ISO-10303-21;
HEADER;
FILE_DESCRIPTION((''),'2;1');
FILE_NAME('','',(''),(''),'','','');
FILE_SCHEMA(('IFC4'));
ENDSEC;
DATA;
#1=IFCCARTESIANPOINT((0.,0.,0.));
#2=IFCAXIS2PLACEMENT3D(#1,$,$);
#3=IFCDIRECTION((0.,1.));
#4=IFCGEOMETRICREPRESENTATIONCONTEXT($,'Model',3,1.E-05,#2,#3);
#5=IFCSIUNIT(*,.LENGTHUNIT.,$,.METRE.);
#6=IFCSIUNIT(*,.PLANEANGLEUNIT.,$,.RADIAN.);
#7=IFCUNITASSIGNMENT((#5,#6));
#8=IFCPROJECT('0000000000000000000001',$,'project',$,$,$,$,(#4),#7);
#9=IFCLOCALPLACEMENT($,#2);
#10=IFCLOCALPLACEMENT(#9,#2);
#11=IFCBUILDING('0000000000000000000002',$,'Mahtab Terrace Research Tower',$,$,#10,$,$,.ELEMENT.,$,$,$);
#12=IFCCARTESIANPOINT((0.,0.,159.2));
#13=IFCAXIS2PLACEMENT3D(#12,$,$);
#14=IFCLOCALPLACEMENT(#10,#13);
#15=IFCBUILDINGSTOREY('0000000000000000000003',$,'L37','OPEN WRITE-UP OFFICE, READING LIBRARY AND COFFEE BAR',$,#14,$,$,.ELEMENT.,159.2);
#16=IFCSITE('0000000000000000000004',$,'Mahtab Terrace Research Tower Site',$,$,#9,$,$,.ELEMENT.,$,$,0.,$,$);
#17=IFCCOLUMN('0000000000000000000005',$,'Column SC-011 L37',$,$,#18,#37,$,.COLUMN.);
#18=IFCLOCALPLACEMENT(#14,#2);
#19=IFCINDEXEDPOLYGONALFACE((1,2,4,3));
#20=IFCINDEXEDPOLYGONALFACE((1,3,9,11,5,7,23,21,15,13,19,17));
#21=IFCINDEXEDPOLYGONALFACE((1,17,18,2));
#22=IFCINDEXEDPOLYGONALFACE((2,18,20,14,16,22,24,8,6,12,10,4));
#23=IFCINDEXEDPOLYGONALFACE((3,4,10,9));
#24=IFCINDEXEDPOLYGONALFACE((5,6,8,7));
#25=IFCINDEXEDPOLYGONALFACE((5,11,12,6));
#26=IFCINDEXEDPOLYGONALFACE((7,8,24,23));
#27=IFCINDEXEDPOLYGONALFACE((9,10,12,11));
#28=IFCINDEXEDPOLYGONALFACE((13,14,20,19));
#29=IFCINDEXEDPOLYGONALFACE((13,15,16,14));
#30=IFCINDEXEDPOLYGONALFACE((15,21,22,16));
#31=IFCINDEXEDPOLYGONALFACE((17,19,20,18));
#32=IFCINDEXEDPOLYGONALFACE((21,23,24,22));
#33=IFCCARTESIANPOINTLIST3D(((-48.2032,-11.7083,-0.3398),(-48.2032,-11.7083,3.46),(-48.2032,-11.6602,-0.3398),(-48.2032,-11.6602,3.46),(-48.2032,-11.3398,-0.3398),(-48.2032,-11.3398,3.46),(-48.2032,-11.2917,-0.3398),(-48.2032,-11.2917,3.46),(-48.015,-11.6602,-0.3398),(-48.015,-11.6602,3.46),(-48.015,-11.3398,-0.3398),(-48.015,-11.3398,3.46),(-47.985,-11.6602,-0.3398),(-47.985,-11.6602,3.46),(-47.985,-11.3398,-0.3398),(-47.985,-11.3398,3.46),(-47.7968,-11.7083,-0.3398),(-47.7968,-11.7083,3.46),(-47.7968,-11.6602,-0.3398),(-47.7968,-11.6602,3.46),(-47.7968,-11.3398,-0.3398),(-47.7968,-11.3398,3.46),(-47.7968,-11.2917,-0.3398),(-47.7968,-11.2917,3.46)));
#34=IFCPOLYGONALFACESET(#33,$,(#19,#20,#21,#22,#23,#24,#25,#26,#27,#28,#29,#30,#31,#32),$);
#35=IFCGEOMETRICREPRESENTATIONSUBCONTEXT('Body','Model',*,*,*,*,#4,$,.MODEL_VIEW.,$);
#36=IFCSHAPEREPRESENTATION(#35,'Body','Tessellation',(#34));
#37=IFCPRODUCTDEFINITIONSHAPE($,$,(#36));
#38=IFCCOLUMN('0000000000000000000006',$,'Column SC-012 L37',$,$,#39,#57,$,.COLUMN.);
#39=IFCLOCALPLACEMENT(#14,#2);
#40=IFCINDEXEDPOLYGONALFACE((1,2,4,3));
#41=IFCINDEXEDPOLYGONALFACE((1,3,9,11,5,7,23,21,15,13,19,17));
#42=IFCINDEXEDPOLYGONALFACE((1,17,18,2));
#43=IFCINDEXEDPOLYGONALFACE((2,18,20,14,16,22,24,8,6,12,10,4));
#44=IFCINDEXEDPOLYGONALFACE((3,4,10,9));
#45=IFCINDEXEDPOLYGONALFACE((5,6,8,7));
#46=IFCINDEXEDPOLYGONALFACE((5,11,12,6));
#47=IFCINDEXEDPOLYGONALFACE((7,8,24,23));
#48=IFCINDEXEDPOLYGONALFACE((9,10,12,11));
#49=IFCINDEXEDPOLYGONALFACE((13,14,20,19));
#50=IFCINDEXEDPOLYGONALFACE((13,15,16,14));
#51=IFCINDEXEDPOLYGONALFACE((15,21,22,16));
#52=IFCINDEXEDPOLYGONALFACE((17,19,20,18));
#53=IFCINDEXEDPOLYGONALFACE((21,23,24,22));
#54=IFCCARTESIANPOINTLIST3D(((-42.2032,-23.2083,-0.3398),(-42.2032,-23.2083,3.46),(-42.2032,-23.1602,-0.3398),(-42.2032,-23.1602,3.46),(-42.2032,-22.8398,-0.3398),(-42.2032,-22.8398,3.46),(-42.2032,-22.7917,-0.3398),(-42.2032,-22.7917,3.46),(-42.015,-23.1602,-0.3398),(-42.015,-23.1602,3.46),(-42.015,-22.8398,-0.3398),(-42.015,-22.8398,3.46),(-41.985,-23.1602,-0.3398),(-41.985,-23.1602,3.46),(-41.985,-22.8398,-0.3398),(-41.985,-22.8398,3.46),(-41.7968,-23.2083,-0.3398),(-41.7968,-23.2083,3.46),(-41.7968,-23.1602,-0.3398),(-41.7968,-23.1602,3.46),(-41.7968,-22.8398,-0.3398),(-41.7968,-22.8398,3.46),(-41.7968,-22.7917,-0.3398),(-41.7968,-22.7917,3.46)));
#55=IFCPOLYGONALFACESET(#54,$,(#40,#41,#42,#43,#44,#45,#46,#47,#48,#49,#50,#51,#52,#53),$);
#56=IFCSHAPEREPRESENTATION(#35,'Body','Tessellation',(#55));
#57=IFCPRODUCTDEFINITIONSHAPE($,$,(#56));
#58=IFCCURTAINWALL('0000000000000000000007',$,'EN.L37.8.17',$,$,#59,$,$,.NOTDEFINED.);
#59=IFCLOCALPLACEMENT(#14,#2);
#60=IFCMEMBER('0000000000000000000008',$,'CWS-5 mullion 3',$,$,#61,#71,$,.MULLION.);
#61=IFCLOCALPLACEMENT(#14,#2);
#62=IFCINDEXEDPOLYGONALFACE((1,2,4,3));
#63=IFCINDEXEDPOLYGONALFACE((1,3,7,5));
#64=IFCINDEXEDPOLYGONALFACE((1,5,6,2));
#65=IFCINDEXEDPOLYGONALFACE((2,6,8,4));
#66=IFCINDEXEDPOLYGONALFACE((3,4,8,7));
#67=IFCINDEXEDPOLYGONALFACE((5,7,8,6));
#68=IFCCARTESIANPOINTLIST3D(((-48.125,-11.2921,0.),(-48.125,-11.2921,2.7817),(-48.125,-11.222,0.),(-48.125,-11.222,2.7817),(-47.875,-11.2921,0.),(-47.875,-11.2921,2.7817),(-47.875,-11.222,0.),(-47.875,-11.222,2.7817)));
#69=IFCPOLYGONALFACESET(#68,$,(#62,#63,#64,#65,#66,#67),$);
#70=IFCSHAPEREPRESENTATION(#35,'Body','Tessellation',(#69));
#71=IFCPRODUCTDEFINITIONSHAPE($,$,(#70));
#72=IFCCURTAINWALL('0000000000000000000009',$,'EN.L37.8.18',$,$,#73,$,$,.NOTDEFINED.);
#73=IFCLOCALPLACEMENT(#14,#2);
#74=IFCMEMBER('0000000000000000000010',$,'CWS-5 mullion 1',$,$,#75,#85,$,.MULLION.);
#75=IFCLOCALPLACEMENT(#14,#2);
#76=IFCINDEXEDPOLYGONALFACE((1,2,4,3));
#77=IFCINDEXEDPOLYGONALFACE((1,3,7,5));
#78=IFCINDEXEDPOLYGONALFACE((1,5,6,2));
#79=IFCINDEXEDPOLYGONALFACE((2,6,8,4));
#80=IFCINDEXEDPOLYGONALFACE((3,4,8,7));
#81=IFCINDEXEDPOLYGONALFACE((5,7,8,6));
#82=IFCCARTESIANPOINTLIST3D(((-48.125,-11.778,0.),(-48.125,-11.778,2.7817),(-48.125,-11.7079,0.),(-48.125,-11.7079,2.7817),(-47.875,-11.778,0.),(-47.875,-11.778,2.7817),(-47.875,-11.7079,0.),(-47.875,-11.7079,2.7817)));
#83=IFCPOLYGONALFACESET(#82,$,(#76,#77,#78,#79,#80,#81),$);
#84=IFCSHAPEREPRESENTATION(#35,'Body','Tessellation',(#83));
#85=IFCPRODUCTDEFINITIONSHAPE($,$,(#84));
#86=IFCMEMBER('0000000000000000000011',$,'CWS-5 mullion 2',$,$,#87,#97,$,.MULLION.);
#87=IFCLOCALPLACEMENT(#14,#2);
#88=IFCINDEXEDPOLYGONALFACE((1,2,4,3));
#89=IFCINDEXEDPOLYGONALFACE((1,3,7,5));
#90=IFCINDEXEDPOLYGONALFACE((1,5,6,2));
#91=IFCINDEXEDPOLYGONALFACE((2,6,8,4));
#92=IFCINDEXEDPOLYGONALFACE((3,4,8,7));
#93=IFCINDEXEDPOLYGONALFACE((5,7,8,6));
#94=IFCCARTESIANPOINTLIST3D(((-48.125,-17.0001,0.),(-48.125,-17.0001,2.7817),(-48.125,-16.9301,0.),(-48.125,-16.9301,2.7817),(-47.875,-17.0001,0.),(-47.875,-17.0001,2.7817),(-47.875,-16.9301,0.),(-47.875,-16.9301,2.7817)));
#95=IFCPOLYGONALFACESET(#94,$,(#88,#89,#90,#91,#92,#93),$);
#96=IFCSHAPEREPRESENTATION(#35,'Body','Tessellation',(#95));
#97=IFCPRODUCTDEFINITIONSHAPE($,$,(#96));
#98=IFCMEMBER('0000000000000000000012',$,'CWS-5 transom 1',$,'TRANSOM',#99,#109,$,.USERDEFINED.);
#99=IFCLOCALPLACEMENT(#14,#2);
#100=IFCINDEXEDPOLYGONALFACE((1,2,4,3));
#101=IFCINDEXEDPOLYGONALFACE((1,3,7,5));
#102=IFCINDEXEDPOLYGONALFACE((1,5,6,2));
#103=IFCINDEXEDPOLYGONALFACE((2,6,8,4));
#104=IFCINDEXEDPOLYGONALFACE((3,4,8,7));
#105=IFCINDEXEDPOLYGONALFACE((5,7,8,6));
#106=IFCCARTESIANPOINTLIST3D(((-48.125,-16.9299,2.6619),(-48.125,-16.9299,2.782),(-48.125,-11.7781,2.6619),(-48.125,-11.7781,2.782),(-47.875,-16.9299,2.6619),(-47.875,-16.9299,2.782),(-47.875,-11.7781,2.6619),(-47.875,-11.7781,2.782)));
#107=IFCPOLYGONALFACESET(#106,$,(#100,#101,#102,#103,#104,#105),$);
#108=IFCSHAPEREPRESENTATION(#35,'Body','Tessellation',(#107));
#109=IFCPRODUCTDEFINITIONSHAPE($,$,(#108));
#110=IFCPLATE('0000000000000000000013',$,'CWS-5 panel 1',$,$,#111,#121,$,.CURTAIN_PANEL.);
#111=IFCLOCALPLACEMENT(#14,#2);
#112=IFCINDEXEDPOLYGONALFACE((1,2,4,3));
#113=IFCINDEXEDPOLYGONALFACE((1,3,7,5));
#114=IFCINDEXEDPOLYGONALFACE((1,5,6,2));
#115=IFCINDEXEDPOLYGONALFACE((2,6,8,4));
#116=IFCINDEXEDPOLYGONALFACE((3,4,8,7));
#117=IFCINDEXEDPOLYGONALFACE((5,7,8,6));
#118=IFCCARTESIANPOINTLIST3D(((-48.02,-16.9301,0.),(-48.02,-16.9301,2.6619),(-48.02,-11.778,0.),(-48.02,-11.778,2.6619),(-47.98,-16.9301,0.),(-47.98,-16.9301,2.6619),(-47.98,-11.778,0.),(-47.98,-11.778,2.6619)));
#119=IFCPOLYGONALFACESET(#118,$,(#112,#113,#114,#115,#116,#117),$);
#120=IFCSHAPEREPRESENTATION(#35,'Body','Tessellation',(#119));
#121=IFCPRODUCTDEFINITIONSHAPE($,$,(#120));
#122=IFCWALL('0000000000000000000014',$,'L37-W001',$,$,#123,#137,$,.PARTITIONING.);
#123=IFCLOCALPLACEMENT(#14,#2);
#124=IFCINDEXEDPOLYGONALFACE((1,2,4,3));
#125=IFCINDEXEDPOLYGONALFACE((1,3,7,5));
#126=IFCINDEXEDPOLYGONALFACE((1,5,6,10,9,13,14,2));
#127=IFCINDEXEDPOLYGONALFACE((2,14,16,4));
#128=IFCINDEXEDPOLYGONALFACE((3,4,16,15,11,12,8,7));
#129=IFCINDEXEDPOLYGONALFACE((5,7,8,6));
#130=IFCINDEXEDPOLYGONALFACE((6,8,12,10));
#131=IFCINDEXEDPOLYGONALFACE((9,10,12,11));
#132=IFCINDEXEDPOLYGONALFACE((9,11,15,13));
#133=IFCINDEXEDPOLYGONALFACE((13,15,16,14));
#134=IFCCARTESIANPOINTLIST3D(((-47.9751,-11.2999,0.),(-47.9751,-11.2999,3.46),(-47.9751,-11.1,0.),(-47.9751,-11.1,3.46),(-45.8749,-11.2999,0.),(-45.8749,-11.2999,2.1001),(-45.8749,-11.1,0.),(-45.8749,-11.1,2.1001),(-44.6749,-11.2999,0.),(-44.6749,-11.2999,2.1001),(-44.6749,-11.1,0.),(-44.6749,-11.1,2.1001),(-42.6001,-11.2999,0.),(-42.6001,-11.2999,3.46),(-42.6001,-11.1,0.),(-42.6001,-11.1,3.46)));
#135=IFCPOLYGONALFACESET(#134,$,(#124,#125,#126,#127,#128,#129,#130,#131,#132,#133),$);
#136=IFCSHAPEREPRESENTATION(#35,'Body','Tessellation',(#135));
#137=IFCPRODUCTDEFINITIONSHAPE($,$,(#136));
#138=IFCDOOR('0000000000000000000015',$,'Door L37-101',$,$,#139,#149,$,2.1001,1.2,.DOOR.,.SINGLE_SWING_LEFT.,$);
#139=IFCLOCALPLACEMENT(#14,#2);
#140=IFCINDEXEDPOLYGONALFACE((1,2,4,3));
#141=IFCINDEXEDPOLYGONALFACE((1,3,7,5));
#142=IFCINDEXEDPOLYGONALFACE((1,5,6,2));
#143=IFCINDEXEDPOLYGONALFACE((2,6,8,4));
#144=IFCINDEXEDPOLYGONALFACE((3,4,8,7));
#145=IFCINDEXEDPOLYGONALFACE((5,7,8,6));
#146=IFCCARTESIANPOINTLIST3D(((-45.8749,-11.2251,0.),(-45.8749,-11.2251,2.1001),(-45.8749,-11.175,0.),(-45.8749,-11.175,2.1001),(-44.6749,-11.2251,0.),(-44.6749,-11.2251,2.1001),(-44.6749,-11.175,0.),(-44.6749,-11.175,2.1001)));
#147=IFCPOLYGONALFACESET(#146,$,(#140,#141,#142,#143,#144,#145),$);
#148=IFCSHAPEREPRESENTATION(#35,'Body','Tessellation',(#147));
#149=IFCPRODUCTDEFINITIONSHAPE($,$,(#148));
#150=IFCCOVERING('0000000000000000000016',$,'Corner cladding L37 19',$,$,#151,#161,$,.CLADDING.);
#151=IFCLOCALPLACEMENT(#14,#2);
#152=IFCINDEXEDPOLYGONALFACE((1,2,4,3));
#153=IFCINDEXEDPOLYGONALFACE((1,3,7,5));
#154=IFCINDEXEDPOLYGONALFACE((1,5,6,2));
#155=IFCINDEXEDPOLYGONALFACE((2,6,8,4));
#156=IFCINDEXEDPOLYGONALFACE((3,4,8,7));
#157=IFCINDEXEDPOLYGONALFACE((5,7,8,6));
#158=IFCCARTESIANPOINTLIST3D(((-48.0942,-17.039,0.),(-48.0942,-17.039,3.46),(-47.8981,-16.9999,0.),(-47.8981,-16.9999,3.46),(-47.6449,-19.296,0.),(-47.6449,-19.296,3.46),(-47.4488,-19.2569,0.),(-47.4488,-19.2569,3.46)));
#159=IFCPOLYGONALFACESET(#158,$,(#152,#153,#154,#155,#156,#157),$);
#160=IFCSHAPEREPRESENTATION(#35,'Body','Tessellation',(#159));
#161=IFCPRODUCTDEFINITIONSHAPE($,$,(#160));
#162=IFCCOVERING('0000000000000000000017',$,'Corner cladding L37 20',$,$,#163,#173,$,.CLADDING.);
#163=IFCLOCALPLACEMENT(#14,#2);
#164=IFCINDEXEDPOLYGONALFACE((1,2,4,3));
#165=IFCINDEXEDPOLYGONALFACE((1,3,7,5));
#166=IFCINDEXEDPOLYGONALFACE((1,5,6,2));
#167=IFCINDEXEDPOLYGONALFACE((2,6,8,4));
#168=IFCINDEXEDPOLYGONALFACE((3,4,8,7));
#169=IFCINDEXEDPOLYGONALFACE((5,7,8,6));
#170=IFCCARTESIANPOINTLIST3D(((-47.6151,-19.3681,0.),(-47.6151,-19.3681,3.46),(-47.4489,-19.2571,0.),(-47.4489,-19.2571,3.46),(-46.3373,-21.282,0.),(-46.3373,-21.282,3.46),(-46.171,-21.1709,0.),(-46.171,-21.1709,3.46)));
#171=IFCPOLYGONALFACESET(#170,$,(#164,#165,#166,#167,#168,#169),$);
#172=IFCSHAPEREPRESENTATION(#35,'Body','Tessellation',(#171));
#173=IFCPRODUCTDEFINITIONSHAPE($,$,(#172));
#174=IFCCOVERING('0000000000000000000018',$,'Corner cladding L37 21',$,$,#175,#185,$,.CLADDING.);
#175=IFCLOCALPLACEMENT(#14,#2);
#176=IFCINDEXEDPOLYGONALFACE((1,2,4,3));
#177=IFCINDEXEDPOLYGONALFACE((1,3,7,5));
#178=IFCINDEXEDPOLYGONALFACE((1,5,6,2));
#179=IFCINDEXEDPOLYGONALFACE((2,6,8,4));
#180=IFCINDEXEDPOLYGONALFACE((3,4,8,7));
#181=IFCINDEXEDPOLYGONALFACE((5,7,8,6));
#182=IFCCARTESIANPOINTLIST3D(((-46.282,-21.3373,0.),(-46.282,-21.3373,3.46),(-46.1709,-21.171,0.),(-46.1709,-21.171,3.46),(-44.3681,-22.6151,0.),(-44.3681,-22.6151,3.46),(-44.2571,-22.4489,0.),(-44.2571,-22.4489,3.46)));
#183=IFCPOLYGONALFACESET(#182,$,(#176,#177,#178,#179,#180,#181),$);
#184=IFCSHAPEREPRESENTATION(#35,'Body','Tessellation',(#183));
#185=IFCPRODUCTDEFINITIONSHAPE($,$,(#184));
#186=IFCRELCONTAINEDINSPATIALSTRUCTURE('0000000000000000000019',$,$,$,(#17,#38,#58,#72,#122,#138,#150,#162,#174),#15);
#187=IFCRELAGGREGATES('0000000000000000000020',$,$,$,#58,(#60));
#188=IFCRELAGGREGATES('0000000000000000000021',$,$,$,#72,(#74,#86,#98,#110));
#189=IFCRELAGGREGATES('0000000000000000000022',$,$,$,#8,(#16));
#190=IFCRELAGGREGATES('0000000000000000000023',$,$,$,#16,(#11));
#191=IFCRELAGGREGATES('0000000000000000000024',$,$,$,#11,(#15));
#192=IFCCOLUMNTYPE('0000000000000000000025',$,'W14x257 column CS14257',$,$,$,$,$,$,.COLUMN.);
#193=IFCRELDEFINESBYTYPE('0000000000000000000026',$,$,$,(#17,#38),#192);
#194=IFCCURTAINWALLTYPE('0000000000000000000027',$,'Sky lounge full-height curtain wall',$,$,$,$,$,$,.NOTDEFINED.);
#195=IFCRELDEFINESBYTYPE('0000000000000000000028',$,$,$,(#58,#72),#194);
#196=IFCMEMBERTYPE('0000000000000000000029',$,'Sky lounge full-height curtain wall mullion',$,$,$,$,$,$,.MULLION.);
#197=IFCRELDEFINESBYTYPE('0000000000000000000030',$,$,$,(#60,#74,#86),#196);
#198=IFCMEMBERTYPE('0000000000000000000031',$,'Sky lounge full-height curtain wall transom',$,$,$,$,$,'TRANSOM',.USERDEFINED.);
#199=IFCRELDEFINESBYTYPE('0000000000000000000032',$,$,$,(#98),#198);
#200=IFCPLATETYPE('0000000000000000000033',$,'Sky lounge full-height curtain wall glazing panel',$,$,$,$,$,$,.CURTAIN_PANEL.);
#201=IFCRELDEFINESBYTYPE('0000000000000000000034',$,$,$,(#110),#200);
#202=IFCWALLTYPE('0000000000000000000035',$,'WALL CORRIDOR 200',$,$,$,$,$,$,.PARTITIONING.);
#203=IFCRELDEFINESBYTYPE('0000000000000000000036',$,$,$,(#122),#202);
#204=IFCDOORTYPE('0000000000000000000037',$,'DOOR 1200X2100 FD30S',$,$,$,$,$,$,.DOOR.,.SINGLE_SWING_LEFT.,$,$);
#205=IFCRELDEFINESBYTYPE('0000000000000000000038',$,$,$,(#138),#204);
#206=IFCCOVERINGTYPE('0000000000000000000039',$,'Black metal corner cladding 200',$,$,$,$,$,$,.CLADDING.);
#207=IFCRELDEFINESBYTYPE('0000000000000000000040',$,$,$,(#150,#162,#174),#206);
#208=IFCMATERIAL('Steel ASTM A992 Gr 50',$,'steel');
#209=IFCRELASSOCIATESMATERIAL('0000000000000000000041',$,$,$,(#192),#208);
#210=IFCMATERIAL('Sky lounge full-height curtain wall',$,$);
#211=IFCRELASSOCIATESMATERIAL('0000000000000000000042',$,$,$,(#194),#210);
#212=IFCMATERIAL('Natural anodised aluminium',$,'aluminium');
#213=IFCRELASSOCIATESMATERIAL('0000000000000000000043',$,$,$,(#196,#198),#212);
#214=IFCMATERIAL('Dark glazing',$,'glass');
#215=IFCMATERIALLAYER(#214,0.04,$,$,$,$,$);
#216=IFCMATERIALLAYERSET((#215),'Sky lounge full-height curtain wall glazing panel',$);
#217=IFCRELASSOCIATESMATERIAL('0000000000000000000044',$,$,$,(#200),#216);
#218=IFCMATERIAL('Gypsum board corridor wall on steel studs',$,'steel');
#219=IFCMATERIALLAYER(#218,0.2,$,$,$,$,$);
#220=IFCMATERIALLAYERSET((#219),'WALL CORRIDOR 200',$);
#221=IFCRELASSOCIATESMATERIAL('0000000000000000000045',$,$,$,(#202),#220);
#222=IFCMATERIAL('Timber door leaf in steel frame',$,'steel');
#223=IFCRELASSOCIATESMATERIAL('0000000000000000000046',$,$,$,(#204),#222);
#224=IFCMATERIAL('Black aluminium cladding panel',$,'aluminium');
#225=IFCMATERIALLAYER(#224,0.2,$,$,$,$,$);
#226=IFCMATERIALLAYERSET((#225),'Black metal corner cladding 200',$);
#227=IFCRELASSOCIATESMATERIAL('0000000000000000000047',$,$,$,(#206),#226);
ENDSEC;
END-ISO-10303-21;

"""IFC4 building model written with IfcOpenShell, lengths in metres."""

from ifc_helpers import new_model, si_unit, direction, frame, frame_2d, origin, origin_2d, place, context, subcontext, project, spatial, rectangle, i_section, extrude, material, layer, layer_set, material_profile, profile_set, type_object, element, fill, aggregate, save


model = new_model("IFC4")

# Units and contexts
model_context = context("Model", 3, precision=1e-05, world=origin(), true_north=direction((0.0, 1.0)))
body_context = subcontext(model_context, "Body", "Model", "MODEL_VIEW")
ifc_project = project(units=[si_unit("LENGTHUNIT", "METRE"), si_unit("PLANEANGLEUNIT", "RADIAN")], contexts=[model_context])

# Site, building, storey
site_placement = place(None, origin())
site = spatial("IfcSite", under=ifc_project, at=site_placement, Name="Mahtab Terrace Research Tower Site", CompositionType="ELEMENT", RefElevation=0.0)
building_placement = place(site_placement, origin())
building = spatial("IfcBuilding", under=site, at=building_placement, Name="Mahtab Terrace Research Tower", CompositionType="ELEMENT")
storey_placement = place(building_placement, frame((0.0, 0.0, 159.2)))
storey = spatial("IfcBuildingStorey", under=building, at=storey_placement, Name="L37", Description="OPEN WRITE-UP OFFICE, READING LIBRARY AND COFFEE BAR", CompositionType="ELEMENT", Elevation=159.2)

# Columns
ifc_material_1 = material(Name="Steel ASTM A992 Gr 50", Category="steel")
ifc_material_profile_1 = material_profile(ifc_material_1, i_section(OverallWidth=0.4065, OverallDepth=0.4165, WebThickness=0.03, FlangeThickness=0.0481, at=origin_2d()), Name="W14X257")
ifc_profile_set_1 = profile_set([ifc_material_profile_1], Name="Steel ASTM A992 Gr 50")
column_type = type_object("IfcColumnType", Name="W14x257 column CS14257", PredefinedType="COLUMN", material=ifc_profile_set_1)
for number, where, z_axis, x_axis, name in (
    (1, (-48.0, -11.5, -0.3398), (0.0, 0.0, 1.0), (1.0, 0.0, 0.0), "Column SC-011 L37"),
    (2, (-42.0, -23.0, -0.3398), (0.0, 0.0, 1.0), (1.0, 0.0, 0.0), "Column SC-012 L37"),
):
    element("IfcColumn", number, at=place(storey_placement, frame(where, z_axis=z_axis, x_axis=x_axis)), inside=storey, type_object=column_type, Name=name, PredefinedType="COLUMN", context=body_context, shape_type="SweptSolid", body=[
        extrude(i_section(OverallWidth=0.4065, OverallDepth=0.4165, WebThickness=0.03, FlangeThickness=0.0481, at=origin_2d()), origin(), (0.0, 0.0, 1.0), 3.7998),
    ])

# Curtain wall, member
ifc_material_2 = material(Name="Sky lounge full-height curtain wall")
curtain_wall_type = type_object("IfcCurtainWallType", Name="Sky lounge full-height curtain wall", PredefinedType="NOTDEFINED", material=ifc_material_2)
curtain_wall_1_placement = place(storey_placement, origin())
curtain_wall_1 = element("IfcCurtainWall", 3, at=curtain_wall_1_placement, inside=storey, type_object=curtain_wall_type, Name="EN.L37.8.17", PredefinedType="NOTDEFINED")
ifc_material_3 = material(Name="Natural anodised aluminium", Category="aluminium")
ifc_material_profile_2 = material_profile(ifc_material_3, rectangle(XDim=0.25, YDim=0.0701, at=origin_2d()), Name="MULLION 70x250")
ifc_profile_set_2 = profile_set([ifc_material_profile_2], Name="Natural anodised aluminium")
member_type_1 = type_object("IfcMemberType", Name="Sky lounge full-height curtain wall mullion", PredefinedType="MULLION", material=ifc_profile_set_2)
member_1_placement = place(storey_placement, frame((-48.0, -11.2571, 0.0), z_axis=(0.0, 0.0, 1.0), x_axis=(1.0, 0.0, 0.0)))
member_1 = element("IfcMember", 4, at=member_1_placement, type_object=member_type_1, Name="CWS-5 mullion 3", PredefinedType="MULLION", context=body_context, shape_type="SweptSolid", body=[
    extrude(rectangle(XDim=0.25, YDim=0.0701, at=origin_2d()), origin(), (0.0, 0.0, 1.0), 2.7817),
])
aggregate(curtain_wall_1, [member_1])

# Curtain wall, members, plate
curtain_wall_2_placement = place(storey_placement, origin())
curtain_wall_2 = element("IfcCurtainWall", 5, at=curtain_wall_2_placement, inside=storey, type_object=curtain_wall_type, Name="EN.L37.8.18", PredefinedType="NOTDEFINED")
member_2_placement = place(storey_placement, frame((-48.0, -11.7429, 0.0), z_axis=(0.0, 0.0, 1.0), x_axis=(1.0, 0.0, 0.0)))
member_2 = element("IfcMember", 6, at=member_2_placement, type_object=member_type_1, Name="CWS-5 mullion 1", PredefinedType="MULLION", context=body_context, shape_type="SweptSolid", body=[
    extrude(rectangle(XDim=0.25, YDim=0.0701, at=origin_2d()), origin(), (0.0, 0.0, 1.0), 2.7817),
])
member_3_placement = place(storey_placement, frame((-48.0, -16.9651, 0.0), z_axis=(0.0, 0.0, 1.0), x_axis=(1.0, 0.0, 0.0)))
member_3 = element("IfcMember", 7, at=member_3_placement, type_object=member_type_1, Name="CWS-5 mullion 2", PredefinedType="MULLION", context=body_context, shape_type="SweptSolid", body=[
    extrude(rectangle(XDim=0.25, YDim=0.0701, at=origin_2d()), origin(), (0.0, 0.0, 1.0), 2.7817),
])
ifc_material_profile_3 = material_profile(ifc_material_3, rectangle(XDim=0.25, YDim=0.1201, at=origin_2d()), Name="TRANSOM 120x250")
ifc_profile_set_3 = profile_set([ifc_material_profile_3], Name="Natural anodised aluminium")
member_type_2 = type_object("IfcMemberType", Name="Sky lounge full-height curtain wall transom", ElementType="TRANSOM", PredefinedType="USERDEFINED", material=ifc_profile_set_3)
member_4_placement = place(storey_placement, frame((-48.0, -11.7781, 2.7219), z_axis=(0.0, -1.0, 0.0), x_axis=(1.0, 0.0, 0.0)))
member_4 = element("IfcMember", 8, at=member_4_placement, type_object=member_type_2, Name="CWS-5 transom 1", ObjectType="TRANSOM", PredefinedType="USERDEFINED", context=body_context, shape_type="SweptSolid", body=[
    extrude(rectangle(XDim=0.25, YDim=0.1201, at=origin_2d()), origin(), (0.0, 0.0, 1.0), 5.1519),
])
ifc_material_4 = material(Name="Dark glazing", Category="glass")
ifc_layer_1 = layer(ifc_material_4, 0.04)
ifc_layer_set_1 = layer_set([ifc_layer_1], Name="Sky lounge full-height curtain wall glazing panel")
plate_type = type_object("IfcPlateType", Name="Sky lounge full-height curtain wall glazing panel", PredefinedType="CURTAIN_PANEL", material=ifc_layer_set_1)
plate_placement = place(storey_placement, frame((-48.0, -14.354, 0.0), z_axis=(0.0, 0.0, 1.0), x_axis=(0.0, -1.0, 0.0)))
plate = element("IfcPlate", 9, at=plate_placement, type_object=plate_type, Name="CWS-5 panel 1", PredefinedType="CURTAIN_PANEL", context=body_context, shape_type="SweptSolid", body=[
    extrude(rectangle(XDim=5.1521, YDim=0.04, at=origin_2d()), origin(), (0.0, 0.0, 1.0), 2.6619),
])
aggregate(curtain_wall_2, [member_2, member_3, member_4, plate])

# Wall, opening, door
ifc_material_5 = material(Name="Gypsum board corridor wall on steel studs", Category="steel")
ifc_layer_2 = layer(ifc_material_5, 0.2)
ifc_layer_set_2 = layer_set([ifc_layer_2], Name="WALL CORRIDOR 200")
wall_type = type_object("IfcWallType", Name="WALL CORRIDOR 200", PredefinedType="PARTITIONING", material=ifc_layer_set_2)
wall_placement = place(storey_placement, frame((-47.9751, -11.2, 0.0), z_axis=(0.0, 0.0, 1.0), x_axis=(1.0, 0.0, 0.0)))
wall = element("IfcWall", 10, at=wall_placement, inside=storey, type_object=wall_type, Name="L37-W001", PredefinedType="PARTITIONING", context=body_context, shape_type="SweptSolid", body=[
    extrude(rectangle(XDim=5.375, YDim=0.2, at=frame_2d((2.6875, 0.0))), origin(), (0.0, 0.0, 1.0), 3.46),
])
opening_placement = place(wall_placement, frame((2.1001, 0.0, 0.0)))
opening = element("IfcOpeningElement", 11, at=opening_placement, cuts=wall, PredefinedType="OPENING", context=body_context, shape_type="SweptSolid", body=[
    extrude(rectangle(XDim=1.2, YDim=2.1001, at=frame_2d((0.6001, 1.05))), frame((0.0, 0.1099, 0.0), z_axis=(0.0, -1.0, 0.0), x_axis=(1.0, 0.0, 0.0)), (0.0, 0.0, 1.0), 0.22),
])
ifc_material_6 = material(Name="Timber door leaf in steel frame", Category="steel")
door_type = type_object("IfcDoorType", Name="DOOR 1200X2100 FD30S", OperationType="SINGLE_SWING_LEFT", PredefinedType="DOOR", material=ifc_material_6)
door_placement = place(opening_placement, origin())
door = element("IfcDoor", 12, at=door_placement, inside=storey, type_object=door_type, Name="Door L37-101", OperationType="SINGLE_SWING_LEFT", OverallHeight=2.1001, OverallWidth=1.2, PredefinedType="DOOR", context=body_context, shape_type="SweptSolid", body=[
    extrude(rectangle(XDim=1.2, YDim=2.1001, at=frame_2d((0.6001, 1.05))), frame((0.0, 0.0249, 0.0), z_axis=(0.0, -1.0, 0.0), x_axis=(1.0, 0.0, 0.0)), (0.0, 0.0, 1.0), 0.05),
])
fill(opening, door)

# Coverings
ifc_material_7 = material(Name="Black aluminium cladding panel", Category="aluminium")
ifc_layer_3 = layer(ifc_material_7, 0.2)
ifc_layer_set_3 = layer_set([ifc_layer_3], Name="Black metal corner cladding 200")
covering_type_1 = type_object("IfcCoveringType", Name="Black metal corner cladding 200", PredefinedType="CLADDING", material=ifc_layer_set_3)
for number, where, z_axis, x_axis, name in (
    (13, (-47.7715, -18.1479, 0.0), (0.0, 0.0, 1.0), (0.195212, -0.980761, 0.0), "Corner cladding L37 19"),
    (14, (-46.8931, -20.2695, 0.0), (0.0, 0.0, 1.0), (0.555291, -0.831656, 0.0), "Corner cladding L37 20"),
    (15, (-45.2695, -21.8931, 0.0), (0.0, 0.0, 1.0), (0.831656, -0.555291, 0.0), "Corner cladding L37 21"),
):
    element("IfcCovering", number, at=place(storey_placement, frame(where, z_axis=z_axis, x_axis=x_axis)), inside=storey, type_object=covering_type_1, Name=name, PredefinedType="CLADDING", context=body_context, shape_type="SweptSolid", body=[
        extrude(rectangle(XDim=2.3013, YDim=0.2, at=origin_2d()), origin(), (0.0, 0.0, 1.0), 3.46),
    ])

save(model, "model.ifc")
